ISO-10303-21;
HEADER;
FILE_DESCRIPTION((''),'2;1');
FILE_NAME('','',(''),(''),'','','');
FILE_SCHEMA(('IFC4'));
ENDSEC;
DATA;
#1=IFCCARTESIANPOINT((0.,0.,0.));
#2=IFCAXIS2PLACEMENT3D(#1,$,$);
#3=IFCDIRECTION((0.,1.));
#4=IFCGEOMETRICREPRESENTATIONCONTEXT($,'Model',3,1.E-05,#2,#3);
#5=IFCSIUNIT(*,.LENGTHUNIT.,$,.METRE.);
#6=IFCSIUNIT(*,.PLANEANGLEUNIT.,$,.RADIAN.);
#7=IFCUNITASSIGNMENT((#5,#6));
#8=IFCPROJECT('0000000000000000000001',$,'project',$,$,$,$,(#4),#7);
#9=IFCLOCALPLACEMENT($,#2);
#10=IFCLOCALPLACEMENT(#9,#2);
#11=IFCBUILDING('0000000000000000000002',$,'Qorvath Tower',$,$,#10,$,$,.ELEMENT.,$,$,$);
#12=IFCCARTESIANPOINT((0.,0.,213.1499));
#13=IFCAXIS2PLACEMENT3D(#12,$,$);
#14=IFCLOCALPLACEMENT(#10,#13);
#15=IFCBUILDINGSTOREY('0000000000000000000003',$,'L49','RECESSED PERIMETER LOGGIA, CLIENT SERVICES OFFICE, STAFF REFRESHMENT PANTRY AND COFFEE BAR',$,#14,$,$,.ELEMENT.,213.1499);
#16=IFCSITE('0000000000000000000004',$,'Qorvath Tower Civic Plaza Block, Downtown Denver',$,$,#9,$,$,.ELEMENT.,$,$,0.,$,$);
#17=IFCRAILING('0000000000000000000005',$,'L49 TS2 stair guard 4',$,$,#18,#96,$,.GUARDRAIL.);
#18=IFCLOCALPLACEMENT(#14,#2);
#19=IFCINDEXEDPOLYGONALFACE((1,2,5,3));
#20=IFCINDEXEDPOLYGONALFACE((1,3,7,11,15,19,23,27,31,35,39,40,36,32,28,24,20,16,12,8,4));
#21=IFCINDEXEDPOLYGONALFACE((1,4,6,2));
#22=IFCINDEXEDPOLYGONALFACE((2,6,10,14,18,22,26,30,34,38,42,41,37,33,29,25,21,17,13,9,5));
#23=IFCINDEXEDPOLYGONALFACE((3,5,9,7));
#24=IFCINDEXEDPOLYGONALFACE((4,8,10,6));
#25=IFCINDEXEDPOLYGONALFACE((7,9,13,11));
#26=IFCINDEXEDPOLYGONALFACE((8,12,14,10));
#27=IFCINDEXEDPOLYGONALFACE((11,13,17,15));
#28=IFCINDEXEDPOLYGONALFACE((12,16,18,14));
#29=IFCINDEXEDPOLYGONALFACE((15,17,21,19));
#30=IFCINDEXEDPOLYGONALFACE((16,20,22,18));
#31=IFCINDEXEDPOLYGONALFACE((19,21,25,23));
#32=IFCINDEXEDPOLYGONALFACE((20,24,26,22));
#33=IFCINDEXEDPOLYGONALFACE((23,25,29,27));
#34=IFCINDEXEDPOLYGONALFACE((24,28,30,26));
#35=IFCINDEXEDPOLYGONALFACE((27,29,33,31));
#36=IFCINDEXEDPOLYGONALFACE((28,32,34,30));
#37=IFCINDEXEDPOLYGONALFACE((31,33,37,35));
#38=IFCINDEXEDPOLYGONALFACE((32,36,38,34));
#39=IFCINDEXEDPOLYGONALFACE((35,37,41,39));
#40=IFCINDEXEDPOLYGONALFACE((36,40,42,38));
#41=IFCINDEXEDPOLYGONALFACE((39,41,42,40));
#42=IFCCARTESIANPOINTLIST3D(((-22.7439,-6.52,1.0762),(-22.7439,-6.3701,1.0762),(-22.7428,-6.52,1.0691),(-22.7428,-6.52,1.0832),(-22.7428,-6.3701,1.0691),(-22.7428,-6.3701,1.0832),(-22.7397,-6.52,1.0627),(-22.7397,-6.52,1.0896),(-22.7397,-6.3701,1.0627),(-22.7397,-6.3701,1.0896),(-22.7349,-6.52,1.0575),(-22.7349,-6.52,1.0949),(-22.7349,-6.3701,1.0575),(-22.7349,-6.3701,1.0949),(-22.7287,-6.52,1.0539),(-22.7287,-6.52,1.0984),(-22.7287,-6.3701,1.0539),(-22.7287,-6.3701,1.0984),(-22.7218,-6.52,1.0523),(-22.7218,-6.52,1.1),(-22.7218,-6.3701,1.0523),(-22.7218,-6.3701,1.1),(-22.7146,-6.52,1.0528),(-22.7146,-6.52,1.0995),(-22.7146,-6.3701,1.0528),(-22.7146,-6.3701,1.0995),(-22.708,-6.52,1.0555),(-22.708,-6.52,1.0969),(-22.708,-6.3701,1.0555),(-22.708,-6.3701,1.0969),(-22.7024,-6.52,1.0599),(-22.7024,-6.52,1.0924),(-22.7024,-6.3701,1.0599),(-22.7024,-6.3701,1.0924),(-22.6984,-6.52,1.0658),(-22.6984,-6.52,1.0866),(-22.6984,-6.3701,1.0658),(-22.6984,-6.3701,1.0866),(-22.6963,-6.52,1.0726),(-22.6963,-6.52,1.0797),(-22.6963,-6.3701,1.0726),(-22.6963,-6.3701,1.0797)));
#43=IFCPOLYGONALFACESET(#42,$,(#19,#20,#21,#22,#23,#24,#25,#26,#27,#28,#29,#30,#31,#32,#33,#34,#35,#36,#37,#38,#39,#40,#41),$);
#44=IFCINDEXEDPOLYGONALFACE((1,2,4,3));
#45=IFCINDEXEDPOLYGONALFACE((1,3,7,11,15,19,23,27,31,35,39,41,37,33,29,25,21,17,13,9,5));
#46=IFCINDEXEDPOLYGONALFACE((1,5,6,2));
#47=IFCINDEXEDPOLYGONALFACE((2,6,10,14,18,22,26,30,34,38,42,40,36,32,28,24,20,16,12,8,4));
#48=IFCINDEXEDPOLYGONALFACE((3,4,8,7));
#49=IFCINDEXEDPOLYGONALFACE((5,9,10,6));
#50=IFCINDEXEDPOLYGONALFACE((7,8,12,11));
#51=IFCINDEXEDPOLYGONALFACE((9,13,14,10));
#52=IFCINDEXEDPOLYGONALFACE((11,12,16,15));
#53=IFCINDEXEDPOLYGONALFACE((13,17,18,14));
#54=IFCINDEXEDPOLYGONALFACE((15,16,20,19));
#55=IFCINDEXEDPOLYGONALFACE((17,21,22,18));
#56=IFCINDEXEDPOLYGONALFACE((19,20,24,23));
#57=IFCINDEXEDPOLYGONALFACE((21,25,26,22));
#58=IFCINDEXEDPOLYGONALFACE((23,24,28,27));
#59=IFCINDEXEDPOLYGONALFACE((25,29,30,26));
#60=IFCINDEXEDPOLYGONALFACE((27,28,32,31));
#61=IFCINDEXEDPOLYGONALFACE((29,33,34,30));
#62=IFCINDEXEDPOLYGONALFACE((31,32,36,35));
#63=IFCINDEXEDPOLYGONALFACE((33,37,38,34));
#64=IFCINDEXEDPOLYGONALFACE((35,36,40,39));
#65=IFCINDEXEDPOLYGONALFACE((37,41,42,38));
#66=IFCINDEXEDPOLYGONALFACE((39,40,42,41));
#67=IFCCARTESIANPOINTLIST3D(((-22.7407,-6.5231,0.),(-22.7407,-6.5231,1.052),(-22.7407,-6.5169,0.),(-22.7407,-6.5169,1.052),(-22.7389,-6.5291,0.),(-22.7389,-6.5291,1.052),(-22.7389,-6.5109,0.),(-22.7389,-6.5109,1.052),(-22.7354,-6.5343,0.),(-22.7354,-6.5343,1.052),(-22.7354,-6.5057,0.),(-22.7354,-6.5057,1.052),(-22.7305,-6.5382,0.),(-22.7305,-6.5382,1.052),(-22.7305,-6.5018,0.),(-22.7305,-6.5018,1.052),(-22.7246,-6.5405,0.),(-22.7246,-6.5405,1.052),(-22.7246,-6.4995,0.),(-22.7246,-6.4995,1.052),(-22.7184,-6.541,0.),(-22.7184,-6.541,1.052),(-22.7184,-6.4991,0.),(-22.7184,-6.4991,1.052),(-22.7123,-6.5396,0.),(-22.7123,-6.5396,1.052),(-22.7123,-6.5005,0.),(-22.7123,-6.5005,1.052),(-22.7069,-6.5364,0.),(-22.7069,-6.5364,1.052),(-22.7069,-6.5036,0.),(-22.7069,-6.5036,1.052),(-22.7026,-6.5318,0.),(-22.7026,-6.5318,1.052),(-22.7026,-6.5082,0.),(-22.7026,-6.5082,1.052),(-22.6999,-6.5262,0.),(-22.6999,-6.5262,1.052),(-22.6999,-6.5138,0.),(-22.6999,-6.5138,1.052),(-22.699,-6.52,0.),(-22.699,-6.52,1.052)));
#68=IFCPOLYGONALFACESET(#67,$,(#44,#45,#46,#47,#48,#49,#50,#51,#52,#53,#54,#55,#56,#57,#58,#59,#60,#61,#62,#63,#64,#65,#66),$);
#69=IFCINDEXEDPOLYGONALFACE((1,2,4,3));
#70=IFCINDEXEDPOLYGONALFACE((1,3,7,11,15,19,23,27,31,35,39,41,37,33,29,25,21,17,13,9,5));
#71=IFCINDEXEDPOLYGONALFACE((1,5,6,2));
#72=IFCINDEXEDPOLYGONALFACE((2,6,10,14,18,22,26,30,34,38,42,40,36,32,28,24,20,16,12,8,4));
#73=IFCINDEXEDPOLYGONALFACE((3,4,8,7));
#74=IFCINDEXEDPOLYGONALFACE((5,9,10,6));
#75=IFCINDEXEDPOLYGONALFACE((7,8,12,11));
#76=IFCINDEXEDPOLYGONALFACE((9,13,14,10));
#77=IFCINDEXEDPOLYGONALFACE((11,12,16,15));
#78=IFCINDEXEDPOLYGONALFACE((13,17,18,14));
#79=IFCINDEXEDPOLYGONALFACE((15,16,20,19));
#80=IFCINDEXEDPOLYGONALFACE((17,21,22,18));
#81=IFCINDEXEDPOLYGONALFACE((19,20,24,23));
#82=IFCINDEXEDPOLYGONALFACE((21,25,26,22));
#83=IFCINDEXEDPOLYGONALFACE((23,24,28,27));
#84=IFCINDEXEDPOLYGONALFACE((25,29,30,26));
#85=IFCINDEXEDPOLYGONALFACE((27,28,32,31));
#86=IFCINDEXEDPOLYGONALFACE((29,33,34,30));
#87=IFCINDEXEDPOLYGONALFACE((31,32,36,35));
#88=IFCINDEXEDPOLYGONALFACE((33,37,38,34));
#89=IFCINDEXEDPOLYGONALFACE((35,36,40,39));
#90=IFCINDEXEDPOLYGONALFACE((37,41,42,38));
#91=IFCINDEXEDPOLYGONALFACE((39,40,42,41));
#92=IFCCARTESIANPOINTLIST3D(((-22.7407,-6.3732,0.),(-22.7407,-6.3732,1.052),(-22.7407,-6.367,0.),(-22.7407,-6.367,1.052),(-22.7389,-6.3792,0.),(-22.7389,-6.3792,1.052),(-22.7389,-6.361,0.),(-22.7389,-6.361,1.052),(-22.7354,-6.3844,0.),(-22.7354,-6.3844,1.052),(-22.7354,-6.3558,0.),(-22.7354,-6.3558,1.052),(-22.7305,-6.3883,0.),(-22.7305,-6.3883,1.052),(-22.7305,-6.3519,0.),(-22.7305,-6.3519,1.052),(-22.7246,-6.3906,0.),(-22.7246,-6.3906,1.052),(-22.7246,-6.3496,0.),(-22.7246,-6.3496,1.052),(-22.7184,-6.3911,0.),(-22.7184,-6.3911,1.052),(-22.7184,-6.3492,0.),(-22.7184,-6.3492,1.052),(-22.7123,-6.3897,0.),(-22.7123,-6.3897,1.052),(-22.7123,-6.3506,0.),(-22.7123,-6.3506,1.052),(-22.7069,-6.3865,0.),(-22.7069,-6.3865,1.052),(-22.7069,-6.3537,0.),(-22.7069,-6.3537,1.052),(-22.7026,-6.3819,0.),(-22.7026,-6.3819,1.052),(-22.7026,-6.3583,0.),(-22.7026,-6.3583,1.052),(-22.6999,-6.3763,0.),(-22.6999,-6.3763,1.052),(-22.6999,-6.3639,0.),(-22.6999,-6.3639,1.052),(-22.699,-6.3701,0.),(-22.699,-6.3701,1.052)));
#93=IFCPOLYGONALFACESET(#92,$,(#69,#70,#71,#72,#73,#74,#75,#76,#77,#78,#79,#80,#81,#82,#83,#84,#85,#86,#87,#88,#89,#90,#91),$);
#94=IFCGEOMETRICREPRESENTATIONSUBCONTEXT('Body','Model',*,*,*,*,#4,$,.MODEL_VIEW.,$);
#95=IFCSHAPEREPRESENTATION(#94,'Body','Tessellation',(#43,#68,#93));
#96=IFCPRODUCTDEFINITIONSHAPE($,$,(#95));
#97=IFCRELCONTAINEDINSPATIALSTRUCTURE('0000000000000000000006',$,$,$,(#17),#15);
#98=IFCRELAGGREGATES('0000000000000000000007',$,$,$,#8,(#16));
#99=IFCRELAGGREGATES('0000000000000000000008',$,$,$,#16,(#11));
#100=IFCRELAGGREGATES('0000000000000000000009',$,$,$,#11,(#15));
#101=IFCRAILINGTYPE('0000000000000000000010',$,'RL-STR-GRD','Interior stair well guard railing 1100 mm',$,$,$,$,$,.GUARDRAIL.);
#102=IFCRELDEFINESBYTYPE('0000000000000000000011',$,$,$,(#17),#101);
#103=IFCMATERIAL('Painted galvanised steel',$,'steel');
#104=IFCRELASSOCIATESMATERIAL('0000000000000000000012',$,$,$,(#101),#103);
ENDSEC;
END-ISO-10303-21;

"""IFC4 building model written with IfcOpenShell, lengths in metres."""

from ifc_helpers import new_model, si_unit, direction, frame, origin, origin_2d, place, context, subcontext, project, spatial, circle, extrude, material, type_object, element, save


model = new_model("IFC4")

# Units and contexts
model_context = context("Model", 3, precision=1e-05, world=origin(), true_north=direction((0.0, 1.0)))
body_context = subcontext(model_context, "Body", "Model", "MODEL_VIEW")
ifc_project = project(units=[si_unit("LENGTHUNIT", "METRE"), si_unit("PLANEANGLEUNIT", "RADIAN")], contexts=[model_context])

# Site, building, storey
site_placement = place(None, origin())
site = spatial("IfcSite", under=ifc_project, at=site_placement, Name="Qorvath Tower Civic Plaza Block, Downtown Denver", CompositionType="ELEMENT", RefElevation=0.0)
building_placement = place(site_placement, origin())
building = spatial("IfcBuilding", under=site, at=building_placement, Name="Qorvath Tower", CompositionType="ELEMENT")
storey_placement = place(building_placement, frame((0.0, 0.0, 213.1499)))
storey = spatial("IfcBuildingStorey", under=building, at=storey_placement, Name="L49", Description="RECESSED PERIMETER LOGGIA, CLIENT SERVICES OFFICE, STAFF REFRESHMENT PANTRY AND COFFEE BAR", CompositionType="ELEMENT", Elevation=213.1499)

# Railing
ifc_material_1 = material(Name="Painted galvanised steel", Category="steel")
railing_type_1 = type_object("IfcRailingType", Name="RL-STR-GRD", Description="Interior stair well guard railing 1100 mm", PredefinedType="GUARDRAIL", material=ifc_material_1)
railing_1_placement = place(storey_placement, frame((-22.72, -6.52, 0.0)))
element("IfcRailing", 1, at=railing_1_placement, inside=storey, type_object=railing_type_1, Name="L49 TS2 stair guard 4", PredefinedType="GUARDRAIL", context=body_context, shape_type="SweptSolid", body=[
    extrude(circle(Radius=0.0239, at=origin_2d()), frame((0.0, 0.0, 1.0762), z_axis=(0.0, 1.0, 0.0), x_axis=(-1.0, 0.0, 0.0)), (0.0, 0.0, 1.0), 0.1499),
    extrude(circle(Radius=0.021, at=origin_2d()), origin(), (0.0, 0.0, 1.0), 1.052),
    extrude(circle(Radius=0.021, at=origin_2d()), frame((0.0, 0.1499, 0.0)), (0.0, 0.0, 1.0), 1.052),
])

save(model, "model.ifc")
